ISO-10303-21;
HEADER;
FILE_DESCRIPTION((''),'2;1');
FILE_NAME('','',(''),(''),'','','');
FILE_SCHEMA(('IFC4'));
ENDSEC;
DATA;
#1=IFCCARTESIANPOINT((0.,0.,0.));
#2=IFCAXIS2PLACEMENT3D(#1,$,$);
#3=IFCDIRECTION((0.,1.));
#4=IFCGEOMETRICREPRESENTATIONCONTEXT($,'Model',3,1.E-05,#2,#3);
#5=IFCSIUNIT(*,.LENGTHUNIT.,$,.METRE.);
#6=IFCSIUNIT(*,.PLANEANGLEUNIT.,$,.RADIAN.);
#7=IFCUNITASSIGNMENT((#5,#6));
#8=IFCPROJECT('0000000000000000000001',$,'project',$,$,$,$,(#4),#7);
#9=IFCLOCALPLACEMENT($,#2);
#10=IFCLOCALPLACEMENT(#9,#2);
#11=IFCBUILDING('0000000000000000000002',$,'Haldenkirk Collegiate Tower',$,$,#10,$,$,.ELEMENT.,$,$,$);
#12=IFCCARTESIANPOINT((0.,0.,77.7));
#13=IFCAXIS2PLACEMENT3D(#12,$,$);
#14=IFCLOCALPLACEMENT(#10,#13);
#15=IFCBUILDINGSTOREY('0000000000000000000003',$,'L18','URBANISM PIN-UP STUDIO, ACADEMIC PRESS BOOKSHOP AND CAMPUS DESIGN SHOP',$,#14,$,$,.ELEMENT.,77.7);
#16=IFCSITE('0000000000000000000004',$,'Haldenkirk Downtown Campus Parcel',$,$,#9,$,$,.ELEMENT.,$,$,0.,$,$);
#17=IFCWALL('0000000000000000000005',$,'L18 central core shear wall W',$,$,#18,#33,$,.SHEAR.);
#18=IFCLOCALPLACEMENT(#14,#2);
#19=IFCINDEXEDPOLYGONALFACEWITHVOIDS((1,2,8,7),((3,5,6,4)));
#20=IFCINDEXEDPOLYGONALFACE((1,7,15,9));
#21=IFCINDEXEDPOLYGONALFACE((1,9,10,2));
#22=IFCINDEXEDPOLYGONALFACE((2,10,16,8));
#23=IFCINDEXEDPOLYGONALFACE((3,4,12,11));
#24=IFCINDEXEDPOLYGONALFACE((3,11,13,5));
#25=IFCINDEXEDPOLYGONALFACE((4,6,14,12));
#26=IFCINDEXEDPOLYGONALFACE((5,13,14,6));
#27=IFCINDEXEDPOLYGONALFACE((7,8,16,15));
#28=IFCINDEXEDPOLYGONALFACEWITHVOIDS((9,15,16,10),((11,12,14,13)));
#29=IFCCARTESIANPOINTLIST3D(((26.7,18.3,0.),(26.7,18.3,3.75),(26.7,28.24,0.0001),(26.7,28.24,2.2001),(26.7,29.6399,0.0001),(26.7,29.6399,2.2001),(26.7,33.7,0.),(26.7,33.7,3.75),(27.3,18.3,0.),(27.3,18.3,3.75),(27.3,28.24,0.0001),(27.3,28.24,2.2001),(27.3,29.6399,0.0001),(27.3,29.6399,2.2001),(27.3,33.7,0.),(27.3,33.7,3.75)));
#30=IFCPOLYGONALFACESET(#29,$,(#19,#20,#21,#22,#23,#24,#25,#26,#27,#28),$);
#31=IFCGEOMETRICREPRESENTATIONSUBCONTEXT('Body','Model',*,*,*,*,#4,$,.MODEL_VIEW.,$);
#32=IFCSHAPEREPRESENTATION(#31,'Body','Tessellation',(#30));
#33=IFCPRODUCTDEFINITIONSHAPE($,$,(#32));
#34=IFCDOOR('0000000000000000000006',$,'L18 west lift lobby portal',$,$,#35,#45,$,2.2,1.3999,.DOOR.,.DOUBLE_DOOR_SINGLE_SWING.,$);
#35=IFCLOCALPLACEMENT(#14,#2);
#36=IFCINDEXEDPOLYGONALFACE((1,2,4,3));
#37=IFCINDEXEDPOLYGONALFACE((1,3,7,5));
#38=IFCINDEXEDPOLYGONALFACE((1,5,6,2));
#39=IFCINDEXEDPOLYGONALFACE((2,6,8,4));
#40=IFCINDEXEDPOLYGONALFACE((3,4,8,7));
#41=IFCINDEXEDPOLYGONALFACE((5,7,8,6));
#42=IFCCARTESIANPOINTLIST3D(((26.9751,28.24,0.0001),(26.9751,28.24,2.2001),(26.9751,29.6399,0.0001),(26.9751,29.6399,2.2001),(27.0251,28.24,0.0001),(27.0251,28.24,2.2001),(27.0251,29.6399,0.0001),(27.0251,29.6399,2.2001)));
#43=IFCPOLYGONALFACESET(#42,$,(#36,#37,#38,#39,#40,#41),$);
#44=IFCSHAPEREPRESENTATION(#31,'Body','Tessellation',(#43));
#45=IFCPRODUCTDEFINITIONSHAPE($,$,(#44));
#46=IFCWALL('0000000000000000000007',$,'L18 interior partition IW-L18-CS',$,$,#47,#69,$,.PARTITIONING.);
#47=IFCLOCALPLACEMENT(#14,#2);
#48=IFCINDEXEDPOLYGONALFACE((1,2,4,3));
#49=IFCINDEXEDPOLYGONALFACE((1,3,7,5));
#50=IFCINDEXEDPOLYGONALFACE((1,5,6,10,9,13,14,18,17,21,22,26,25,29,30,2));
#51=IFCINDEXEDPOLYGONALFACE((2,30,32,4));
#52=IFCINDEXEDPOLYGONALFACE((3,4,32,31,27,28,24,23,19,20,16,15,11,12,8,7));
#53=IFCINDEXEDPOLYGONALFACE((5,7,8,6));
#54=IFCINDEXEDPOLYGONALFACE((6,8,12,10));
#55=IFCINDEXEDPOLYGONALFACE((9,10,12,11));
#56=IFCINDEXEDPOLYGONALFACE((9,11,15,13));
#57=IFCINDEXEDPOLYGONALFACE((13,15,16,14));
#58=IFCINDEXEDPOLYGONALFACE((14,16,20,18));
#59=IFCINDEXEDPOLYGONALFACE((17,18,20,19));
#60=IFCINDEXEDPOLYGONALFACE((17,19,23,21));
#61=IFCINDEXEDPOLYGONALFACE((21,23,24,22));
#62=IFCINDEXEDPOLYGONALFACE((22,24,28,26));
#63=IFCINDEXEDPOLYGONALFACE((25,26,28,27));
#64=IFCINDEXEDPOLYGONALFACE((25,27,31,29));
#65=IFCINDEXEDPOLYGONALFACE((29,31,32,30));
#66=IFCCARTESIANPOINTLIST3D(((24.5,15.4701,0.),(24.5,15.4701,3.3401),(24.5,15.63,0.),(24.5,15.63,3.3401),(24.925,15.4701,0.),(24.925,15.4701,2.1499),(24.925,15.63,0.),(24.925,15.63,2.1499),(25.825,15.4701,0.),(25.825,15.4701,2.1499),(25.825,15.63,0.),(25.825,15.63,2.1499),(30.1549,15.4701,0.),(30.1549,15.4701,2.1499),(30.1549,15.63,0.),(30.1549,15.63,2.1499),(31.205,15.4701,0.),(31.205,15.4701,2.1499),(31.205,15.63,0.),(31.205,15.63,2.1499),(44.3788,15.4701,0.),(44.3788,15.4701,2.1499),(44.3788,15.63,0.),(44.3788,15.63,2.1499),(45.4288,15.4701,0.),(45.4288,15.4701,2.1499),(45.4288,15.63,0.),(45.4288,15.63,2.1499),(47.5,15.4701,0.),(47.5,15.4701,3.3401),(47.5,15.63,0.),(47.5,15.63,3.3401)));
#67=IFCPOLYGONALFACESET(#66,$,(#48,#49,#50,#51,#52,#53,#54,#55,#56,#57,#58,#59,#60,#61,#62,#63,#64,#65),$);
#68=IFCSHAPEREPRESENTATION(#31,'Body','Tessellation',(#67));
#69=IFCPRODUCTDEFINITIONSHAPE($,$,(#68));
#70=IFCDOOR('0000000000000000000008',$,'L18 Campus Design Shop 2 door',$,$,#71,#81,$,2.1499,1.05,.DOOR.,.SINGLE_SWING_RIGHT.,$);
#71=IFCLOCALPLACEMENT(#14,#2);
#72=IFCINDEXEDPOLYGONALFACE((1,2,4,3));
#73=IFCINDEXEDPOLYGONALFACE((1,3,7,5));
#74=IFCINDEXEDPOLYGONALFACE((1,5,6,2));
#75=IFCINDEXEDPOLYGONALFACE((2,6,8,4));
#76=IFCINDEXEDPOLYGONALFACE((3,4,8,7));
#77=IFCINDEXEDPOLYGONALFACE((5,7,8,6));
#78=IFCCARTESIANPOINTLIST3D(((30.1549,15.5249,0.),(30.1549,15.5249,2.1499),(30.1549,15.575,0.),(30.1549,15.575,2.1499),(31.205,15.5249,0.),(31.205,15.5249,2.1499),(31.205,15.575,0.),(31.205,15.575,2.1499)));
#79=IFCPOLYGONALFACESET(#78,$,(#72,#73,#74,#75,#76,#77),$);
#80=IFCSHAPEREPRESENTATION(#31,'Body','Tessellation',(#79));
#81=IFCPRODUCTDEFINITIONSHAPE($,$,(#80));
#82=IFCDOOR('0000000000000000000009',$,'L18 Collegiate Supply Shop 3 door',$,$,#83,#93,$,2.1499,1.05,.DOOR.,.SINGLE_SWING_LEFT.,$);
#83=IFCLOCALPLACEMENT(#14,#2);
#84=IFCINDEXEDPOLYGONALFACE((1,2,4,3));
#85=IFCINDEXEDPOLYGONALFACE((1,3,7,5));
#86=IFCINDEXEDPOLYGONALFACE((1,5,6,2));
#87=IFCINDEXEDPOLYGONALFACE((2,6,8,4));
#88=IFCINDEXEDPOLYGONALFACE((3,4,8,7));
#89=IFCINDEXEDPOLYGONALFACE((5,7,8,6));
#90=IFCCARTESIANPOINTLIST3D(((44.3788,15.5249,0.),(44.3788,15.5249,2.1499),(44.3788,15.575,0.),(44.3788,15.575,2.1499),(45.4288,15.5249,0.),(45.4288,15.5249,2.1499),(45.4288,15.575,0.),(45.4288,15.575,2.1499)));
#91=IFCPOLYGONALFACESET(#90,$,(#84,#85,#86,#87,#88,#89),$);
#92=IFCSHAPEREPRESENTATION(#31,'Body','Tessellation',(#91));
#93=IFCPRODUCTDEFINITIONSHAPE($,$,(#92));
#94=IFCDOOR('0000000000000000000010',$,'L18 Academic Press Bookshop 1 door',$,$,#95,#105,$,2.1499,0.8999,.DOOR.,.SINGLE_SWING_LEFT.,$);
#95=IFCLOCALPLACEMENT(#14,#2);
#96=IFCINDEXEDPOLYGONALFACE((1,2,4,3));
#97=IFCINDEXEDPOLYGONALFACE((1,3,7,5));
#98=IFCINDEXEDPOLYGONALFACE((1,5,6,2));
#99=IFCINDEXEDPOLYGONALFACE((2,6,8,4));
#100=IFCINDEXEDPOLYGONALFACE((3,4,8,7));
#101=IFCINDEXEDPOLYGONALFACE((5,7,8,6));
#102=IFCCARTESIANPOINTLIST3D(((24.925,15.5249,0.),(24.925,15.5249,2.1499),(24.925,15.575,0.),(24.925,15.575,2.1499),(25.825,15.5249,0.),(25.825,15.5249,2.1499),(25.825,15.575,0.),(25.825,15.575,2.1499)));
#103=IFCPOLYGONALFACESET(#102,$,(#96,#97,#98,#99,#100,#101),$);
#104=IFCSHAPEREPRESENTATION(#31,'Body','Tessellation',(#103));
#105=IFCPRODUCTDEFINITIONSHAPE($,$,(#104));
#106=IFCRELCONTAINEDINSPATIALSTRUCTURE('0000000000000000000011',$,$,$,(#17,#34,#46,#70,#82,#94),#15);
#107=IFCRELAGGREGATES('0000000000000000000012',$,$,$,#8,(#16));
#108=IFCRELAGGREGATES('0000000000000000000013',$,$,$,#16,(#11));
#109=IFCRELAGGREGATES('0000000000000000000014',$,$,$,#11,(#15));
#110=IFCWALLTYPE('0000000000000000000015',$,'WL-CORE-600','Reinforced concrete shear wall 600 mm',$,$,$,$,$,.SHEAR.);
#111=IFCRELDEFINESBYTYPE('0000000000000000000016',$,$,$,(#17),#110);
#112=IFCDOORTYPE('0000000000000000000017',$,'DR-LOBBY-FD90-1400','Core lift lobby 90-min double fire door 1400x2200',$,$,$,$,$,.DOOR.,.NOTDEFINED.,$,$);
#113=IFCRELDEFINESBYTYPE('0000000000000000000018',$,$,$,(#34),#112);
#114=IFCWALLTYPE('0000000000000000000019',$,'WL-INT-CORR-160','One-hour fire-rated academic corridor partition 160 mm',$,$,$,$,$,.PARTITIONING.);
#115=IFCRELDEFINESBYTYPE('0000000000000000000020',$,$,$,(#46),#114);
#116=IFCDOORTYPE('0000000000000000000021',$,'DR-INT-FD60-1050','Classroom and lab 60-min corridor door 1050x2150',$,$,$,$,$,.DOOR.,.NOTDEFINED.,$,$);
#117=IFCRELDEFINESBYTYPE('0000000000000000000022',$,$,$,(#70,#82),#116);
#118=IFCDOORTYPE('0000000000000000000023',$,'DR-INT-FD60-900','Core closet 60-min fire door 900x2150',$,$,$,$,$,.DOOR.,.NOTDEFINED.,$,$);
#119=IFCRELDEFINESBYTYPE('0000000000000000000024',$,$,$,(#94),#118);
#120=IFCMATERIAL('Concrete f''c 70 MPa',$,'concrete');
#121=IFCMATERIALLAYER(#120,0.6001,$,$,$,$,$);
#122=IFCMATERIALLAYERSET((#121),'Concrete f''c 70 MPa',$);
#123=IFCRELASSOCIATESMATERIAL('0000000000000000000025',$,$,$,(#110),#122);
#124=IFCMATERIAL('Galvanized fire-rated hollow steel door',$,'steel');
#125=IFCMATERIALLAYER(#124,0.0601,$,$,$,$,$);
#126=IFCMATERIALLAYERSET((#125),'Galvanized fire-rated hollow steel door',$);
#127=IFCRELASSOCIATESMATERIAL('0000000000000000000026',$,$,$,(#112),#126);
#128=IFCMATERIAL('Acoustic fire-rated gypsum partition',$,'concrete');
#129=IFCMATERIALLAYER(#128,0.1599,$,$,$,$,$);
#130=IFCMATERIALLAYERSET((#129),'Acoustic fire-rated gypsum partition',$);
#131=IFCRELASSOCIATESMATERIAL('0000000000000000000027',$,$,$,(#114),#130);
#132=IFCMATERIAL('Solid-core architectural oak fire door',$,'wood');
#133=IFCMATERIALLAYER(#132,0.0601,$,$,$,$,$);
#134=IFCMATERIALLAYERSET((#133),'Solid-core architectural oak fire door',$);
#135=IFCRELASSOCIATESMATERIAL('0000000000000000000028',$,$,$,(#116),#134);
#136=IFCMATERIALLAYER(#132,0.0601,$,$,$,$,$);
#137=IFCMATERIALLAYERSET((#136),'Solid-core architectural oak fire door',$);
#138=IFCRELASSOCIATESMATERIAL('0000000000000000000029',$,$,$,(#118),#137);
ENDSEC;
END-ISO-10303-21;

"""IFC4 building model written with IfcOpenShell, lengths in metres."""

from ifc_helpers import new_model, si_unit, direction, frame, frame_2d, origin, place, context, subcontext, project, spatial, rectangle, extrude, material, layer, layer_set, type_object, element, fill, save


model = new_model("IFC4")

# Units and contexts
model_context = context("Model", 3, precision=1e-05, world=origin(), true_north=direction((0.0, 1.0)))
body_context = subcontext(model_context, "Body", "Model", "MODEL_VIEW")
ifc_project = project(units=[si_unit("LENGTHUNIT", "METRE"), si_unit("PLANEANGLEUNIT", "RADIAN")], contexts=[model_context])

# Site, building, storey
site_placement = place(None, origin())
site = spatial("IfcSite", under=ifc_project, at=site_placement, Name="Haldenkirk Downtown Campus Parcel", CompositionType="ELEMENT", RefElevation=0.0)
building_placement = place(site_placement, origin())
building = spatial("IfcBuilding", under=site, at=building_placement, Name="Haldenkirk Collegiate Tower", CompositionType="ELEMENT")
storey_placement = place(building_placement, frame((0.0, 0.0, 77.7)))
storey = spatial("IfcBuildingStorey", under=building, at=storey_placement, Name="L18", Description="URBANISM PIN-UP STUDIO, ACADEMIC PRESS BOOKSHOP AND CAMPUS DESIGN SHOP", CompositionType="ELEMENT", Elevation=77.7)

# Shared definitions
ifc_material_1 = material(Name="Concrete f'c 70 MPa", Category="concrete")
ifc_layer_1 = layer(ifc_material_1, 0.6001)
ifc_layer_set_1 = layer_set([ifc_layer_1], Name="Concrete f'c 70 MPa")
wall_type_1 = type_object("IfcWallType", Name="WL-CORE-600", Description="Reinforced concrete shear wall 600 mm", PredefinedType="SHEAR", material=ifc_layer_set_1)
ifc_material_2 = material(Name="Galvanized fire-rated hollow steel door", Category="steel")

# Wall, opening, door
wall_1_placement = place(storey_placement, frame((27.0, 18.3, 0.0), z_axis=(0.0, 0.0, 1.0), x_axis=(0.0, 1.0, 0.0)))
wall_1 = element("IfcWall", 1, at=wall_1_placement, inside=storey, type_object=wall_type_1, Name="L18 central core shear wall W", PredefinedType="SHEAR", context=body_context, shape_type="SweptSolid", body=[
    extrude(rectangle(XDim=15.3999, YDim=0.6001, at=frame_2d((7.7, 0.0))), origin(), (0.0, 0.0, 1.0), 3.75),
])
opening_1_placement = place(wall_1_placement, frame((9.9399, 0.0, 0.0)))
opening_1 = element("IfcOpeningElement", 2, at=opening_1_placement, cuts=wall_1, PredefinedType="OPENING", context=body_context, shape_type="SweptSolid", body=[
    extrude(rectangle(XDim=1.3999, YDim=2.2, at=frame_2d((0.7, 1.1001))), frame((0.0, 0.3101, 0.0), z_axis=(0.0, -1.0, 0.0), x_axis=(1.0, 0.0, 0.0)), (0.0, 0.0, 1.0), 0.6201),
])
ifc_layer_2 = layer(ifc_material_2, 0.0601)
ifc_layer_set_2 = layer_set([ifc_layer_2], Name="Galvanized fire-rated hollow steel door")
door_type_1 = type_object("IfcDoorType", Name="DR-LOBBY-FD90-1400", Description="Core lift lobby 90-min double fire door 1400x2200", OperationType="NOTDEFINED", PredefinedType="DOOR", material=ifc_layer_set_2)
door_1_placement = place(opening_1_placement, origin())
door_1 = element("IfcDoor", 3, at=door_1_placement, inside=storey, type_object=door_type_1, Name="L18 west lift lobby portal", OperationType="DOUBLE_DOOR_SINGLE_SWING", OverallHeight=2.2, OverallWidth=1.3999, PredefinedType="DOOR", context=body_context, shape_type="SweptSolid", body=[
    extrude(rectangle(XDim=1.3999, YDim=2.2, at=frame_2d((0.7, 1.1001))), frame((0.0, 0.0249, 0.0), z_axis=(0.0, -1.0, 0.0), x_axis=(1.0, 0.0, 0.0)), (0.0, 0.0, 1.0), 0.05),
])
fill(opening_1, door_1)

# Wall, openings, doors
ifc_material_3 = material(Name="Acoustic fire-rated gypsum partition", Category="concrete")
ifc_layer_3 = layer(ifc_material_3, 0.1599)
ifc_layer_set_3 = layer_set([ifc_layer_3], Name="Acoustic fire-rated gypsum partition")
wall_type_2 = type_object("IfcWallType", Name="WL-INT-CORR-160", Description="One-hour fire-rated academic corridor partition 160 mm", PredefinedType="PARTITIONING", material=ifc_layer_set_3)
wall_2_placement = place(storey_placement, frame((24.5, 15.55, 0.0), z_axis=(0.0, 0.0, 1.0), x_axis=(1.0, 0.0, 0.0)))
wall_2 = element("IfcWall", 4, at=wall_2_placement, inside=storey, type_object=wall_type_2, Name="L18 interior partition IW-L18-CS", PredefinedType="PARTITIONING", context=body_context, shape_type="SweptSolid", body=[
    extrude(rectangle(XDim=23.0, YDim=0.1599, at=frame_2d((11.5, 0.0))), origin(), (0.0, 0.0, 1.0), 3.3401),
])
opening_2_placement = place(wall_2_placement, frame((0.425, 0.0, 0.0)))
opening_2 = element("IfcOpeningElement", 5, at=opening_2_placement, cuts=wall_2, PredefinedType="OPENING", context=body_context, shape_type="SweptSolid", body=[
    extrude(rectangle(XDim=0.8999, YDim=2.1499, at=frame_2d((0.45, 1.075))), frame((0.0, 0.0898, 0.0), z_axis=(0.0, -1.0, 0.0), x_axis=(1.0, 0.0, 0.0)), (0.0, 0.0, 1.0), 0.1799),
])
opening_3_placement = place(wall_2_placement, frame((5.655, 0.0, 0.0)))
opening_3 = element("IfcOpeningElement", 6, at=opening_3_placement, cuts=wall_2, PredefinedType="OPENING", context=body_context, shape_type="SweptSolid", body=[
    extrude(rectangle(XDim=1.05, YDim=2.1499, at=frame_2d((0.5249, 1.075))), frame((0.0, 0.0898, 0.0), z_axis=(0.0, -1.0, 0.0), x_axis=(1.0, 0.0, 0.0)), (0.0, 0.0, 1.0), 0.1799),
])
opening_4_placement = place(wall_2_placement, frame((19.8789, 0.0, 0.0)))
opening_4 = element("IfcOpeningElement", 7, at=opening_4_placement, cuts=wall_2, PredefinedType="OPENING", context=body_context, shape_type="SweptSolid", body=[
    extrude(rectangle(XDim=1.05, YDim=2.1499, at=frame_2d((0.5249, 1.075))), frame((0.0, 0.0898, 0.0), z_axis=(0.0, -1.0, 0.0), x_axis=(1.0, 0.0, 0.0)), (0.0, 0.0, 1.0), 0.1799),
])
ifc_material_4 = material(Name="Solid-core architectural oak fire door", Category="wood")
ifc_layer_4 = layer(ifc_material_4, 0.0601)
ifc_layer_set_4 = layer_set([ifc_layer_4], Name="Solid-core architectural oak fire door")
door_type_2 = type_object("IfcDoorType", Name="DR-INT-FD60-1050", Description="Classroom and lab 60-min corridor door 1050x2150", OperationType="NOTDEFINED", PredefinedType="DOOR", material=ifc_layer_set_4)
door_2_placement = place(opening_3_placement, origin())
door_2 = element("IfcDoor", 8, at=door_2_placement, inside=storey, type_object=door_type_2, Name="L18 Campus Design Shop 2 door", OperationType="SINGLE_SWING_RIGHT", OverallHeight=2.1499, OverallWidth=1.05, PredefinedType="DOOR", context=body_context, shape_type="SweptSolid", body=[
    extrude(rectangle(XDim=1.05, YDim=2.1499, at=frame_2d((0.5249, 1.075))), frame((0.0, 0.0249, 0.0), z_axis=(0.0, -1.0, 0.0), x_axis=(1.0, 0.0, 0.0)), (0.0, 0.0, 1.0), 0.05),
])
fill(opening_3, door_2)
door_3_placement = place(opening_4_placement, origin())
door_3 = element("IfcDoor", 9, at=door_3_placement, inside=storey, type_object=door_type_2, Name="L18 Collegiate Supply Shop 3 door", OperationType="SINGLE_SWING_LEFT", OverallHeight=2.1499, OverallWidth=1.05, PredefinedType="DOOR", context=body_context, shape_type="SweptSolid", body=[
    extrude(rectangle(XDim=1.05, YDim=2.1499, at=frame_2d((0.5249, 1.075))), frame((0.0, 0.0249, 0.0), z_axis=(0.0, -1.0, 0.0), x_axis=(1.0, 0.0, 0.0)), (0.0, 0.0, 1.0), 0.05),
])
fill(opening_4, door_3)
ifc_layer_5 = layer(ifc_material_4, 0.0601)
ifc_layer_set_5 = layer_set([ifc_layer_5], Name="Solid-core architectural oak fire door")
door_type_3 = type_object("IfcDoorType", Name="DR-INT-FD60-900", Description="Core closet 60-min fire door 900x2150", OperationType="NOTDEFINED", PredefinedType="DOOR", material=ifc_layer_set_5)
door_4_placement = place(opening_2_placement, origin())
door_4 = element("IfcDoor", 10, at=door_4_placement, inside=storey, type_object=door_type_3, Name="L18 Academic Press Bookshop 1 door", OperationType="SINGLE_SWING_LEFT", OverallHeight=2.1499, OverallWidth=0.8999, PredefinedType="DOOR", context=body_context, shape_type="SweptSolid", body=[
    extrude(rectangle(XDim=0.8999, YDim=2.1499, at=frame_2d((0.45, 1.075))), frame((0.0, 0.0249, 0.0), z_axis=(0.0, -1.0, 0.0), x_axis=(1.0, 0.0, 0.0)), (0.0, 0.0, 1.0), 0.05),
])
fill(opening_2, door_4)

save(model, "model.ifc")
